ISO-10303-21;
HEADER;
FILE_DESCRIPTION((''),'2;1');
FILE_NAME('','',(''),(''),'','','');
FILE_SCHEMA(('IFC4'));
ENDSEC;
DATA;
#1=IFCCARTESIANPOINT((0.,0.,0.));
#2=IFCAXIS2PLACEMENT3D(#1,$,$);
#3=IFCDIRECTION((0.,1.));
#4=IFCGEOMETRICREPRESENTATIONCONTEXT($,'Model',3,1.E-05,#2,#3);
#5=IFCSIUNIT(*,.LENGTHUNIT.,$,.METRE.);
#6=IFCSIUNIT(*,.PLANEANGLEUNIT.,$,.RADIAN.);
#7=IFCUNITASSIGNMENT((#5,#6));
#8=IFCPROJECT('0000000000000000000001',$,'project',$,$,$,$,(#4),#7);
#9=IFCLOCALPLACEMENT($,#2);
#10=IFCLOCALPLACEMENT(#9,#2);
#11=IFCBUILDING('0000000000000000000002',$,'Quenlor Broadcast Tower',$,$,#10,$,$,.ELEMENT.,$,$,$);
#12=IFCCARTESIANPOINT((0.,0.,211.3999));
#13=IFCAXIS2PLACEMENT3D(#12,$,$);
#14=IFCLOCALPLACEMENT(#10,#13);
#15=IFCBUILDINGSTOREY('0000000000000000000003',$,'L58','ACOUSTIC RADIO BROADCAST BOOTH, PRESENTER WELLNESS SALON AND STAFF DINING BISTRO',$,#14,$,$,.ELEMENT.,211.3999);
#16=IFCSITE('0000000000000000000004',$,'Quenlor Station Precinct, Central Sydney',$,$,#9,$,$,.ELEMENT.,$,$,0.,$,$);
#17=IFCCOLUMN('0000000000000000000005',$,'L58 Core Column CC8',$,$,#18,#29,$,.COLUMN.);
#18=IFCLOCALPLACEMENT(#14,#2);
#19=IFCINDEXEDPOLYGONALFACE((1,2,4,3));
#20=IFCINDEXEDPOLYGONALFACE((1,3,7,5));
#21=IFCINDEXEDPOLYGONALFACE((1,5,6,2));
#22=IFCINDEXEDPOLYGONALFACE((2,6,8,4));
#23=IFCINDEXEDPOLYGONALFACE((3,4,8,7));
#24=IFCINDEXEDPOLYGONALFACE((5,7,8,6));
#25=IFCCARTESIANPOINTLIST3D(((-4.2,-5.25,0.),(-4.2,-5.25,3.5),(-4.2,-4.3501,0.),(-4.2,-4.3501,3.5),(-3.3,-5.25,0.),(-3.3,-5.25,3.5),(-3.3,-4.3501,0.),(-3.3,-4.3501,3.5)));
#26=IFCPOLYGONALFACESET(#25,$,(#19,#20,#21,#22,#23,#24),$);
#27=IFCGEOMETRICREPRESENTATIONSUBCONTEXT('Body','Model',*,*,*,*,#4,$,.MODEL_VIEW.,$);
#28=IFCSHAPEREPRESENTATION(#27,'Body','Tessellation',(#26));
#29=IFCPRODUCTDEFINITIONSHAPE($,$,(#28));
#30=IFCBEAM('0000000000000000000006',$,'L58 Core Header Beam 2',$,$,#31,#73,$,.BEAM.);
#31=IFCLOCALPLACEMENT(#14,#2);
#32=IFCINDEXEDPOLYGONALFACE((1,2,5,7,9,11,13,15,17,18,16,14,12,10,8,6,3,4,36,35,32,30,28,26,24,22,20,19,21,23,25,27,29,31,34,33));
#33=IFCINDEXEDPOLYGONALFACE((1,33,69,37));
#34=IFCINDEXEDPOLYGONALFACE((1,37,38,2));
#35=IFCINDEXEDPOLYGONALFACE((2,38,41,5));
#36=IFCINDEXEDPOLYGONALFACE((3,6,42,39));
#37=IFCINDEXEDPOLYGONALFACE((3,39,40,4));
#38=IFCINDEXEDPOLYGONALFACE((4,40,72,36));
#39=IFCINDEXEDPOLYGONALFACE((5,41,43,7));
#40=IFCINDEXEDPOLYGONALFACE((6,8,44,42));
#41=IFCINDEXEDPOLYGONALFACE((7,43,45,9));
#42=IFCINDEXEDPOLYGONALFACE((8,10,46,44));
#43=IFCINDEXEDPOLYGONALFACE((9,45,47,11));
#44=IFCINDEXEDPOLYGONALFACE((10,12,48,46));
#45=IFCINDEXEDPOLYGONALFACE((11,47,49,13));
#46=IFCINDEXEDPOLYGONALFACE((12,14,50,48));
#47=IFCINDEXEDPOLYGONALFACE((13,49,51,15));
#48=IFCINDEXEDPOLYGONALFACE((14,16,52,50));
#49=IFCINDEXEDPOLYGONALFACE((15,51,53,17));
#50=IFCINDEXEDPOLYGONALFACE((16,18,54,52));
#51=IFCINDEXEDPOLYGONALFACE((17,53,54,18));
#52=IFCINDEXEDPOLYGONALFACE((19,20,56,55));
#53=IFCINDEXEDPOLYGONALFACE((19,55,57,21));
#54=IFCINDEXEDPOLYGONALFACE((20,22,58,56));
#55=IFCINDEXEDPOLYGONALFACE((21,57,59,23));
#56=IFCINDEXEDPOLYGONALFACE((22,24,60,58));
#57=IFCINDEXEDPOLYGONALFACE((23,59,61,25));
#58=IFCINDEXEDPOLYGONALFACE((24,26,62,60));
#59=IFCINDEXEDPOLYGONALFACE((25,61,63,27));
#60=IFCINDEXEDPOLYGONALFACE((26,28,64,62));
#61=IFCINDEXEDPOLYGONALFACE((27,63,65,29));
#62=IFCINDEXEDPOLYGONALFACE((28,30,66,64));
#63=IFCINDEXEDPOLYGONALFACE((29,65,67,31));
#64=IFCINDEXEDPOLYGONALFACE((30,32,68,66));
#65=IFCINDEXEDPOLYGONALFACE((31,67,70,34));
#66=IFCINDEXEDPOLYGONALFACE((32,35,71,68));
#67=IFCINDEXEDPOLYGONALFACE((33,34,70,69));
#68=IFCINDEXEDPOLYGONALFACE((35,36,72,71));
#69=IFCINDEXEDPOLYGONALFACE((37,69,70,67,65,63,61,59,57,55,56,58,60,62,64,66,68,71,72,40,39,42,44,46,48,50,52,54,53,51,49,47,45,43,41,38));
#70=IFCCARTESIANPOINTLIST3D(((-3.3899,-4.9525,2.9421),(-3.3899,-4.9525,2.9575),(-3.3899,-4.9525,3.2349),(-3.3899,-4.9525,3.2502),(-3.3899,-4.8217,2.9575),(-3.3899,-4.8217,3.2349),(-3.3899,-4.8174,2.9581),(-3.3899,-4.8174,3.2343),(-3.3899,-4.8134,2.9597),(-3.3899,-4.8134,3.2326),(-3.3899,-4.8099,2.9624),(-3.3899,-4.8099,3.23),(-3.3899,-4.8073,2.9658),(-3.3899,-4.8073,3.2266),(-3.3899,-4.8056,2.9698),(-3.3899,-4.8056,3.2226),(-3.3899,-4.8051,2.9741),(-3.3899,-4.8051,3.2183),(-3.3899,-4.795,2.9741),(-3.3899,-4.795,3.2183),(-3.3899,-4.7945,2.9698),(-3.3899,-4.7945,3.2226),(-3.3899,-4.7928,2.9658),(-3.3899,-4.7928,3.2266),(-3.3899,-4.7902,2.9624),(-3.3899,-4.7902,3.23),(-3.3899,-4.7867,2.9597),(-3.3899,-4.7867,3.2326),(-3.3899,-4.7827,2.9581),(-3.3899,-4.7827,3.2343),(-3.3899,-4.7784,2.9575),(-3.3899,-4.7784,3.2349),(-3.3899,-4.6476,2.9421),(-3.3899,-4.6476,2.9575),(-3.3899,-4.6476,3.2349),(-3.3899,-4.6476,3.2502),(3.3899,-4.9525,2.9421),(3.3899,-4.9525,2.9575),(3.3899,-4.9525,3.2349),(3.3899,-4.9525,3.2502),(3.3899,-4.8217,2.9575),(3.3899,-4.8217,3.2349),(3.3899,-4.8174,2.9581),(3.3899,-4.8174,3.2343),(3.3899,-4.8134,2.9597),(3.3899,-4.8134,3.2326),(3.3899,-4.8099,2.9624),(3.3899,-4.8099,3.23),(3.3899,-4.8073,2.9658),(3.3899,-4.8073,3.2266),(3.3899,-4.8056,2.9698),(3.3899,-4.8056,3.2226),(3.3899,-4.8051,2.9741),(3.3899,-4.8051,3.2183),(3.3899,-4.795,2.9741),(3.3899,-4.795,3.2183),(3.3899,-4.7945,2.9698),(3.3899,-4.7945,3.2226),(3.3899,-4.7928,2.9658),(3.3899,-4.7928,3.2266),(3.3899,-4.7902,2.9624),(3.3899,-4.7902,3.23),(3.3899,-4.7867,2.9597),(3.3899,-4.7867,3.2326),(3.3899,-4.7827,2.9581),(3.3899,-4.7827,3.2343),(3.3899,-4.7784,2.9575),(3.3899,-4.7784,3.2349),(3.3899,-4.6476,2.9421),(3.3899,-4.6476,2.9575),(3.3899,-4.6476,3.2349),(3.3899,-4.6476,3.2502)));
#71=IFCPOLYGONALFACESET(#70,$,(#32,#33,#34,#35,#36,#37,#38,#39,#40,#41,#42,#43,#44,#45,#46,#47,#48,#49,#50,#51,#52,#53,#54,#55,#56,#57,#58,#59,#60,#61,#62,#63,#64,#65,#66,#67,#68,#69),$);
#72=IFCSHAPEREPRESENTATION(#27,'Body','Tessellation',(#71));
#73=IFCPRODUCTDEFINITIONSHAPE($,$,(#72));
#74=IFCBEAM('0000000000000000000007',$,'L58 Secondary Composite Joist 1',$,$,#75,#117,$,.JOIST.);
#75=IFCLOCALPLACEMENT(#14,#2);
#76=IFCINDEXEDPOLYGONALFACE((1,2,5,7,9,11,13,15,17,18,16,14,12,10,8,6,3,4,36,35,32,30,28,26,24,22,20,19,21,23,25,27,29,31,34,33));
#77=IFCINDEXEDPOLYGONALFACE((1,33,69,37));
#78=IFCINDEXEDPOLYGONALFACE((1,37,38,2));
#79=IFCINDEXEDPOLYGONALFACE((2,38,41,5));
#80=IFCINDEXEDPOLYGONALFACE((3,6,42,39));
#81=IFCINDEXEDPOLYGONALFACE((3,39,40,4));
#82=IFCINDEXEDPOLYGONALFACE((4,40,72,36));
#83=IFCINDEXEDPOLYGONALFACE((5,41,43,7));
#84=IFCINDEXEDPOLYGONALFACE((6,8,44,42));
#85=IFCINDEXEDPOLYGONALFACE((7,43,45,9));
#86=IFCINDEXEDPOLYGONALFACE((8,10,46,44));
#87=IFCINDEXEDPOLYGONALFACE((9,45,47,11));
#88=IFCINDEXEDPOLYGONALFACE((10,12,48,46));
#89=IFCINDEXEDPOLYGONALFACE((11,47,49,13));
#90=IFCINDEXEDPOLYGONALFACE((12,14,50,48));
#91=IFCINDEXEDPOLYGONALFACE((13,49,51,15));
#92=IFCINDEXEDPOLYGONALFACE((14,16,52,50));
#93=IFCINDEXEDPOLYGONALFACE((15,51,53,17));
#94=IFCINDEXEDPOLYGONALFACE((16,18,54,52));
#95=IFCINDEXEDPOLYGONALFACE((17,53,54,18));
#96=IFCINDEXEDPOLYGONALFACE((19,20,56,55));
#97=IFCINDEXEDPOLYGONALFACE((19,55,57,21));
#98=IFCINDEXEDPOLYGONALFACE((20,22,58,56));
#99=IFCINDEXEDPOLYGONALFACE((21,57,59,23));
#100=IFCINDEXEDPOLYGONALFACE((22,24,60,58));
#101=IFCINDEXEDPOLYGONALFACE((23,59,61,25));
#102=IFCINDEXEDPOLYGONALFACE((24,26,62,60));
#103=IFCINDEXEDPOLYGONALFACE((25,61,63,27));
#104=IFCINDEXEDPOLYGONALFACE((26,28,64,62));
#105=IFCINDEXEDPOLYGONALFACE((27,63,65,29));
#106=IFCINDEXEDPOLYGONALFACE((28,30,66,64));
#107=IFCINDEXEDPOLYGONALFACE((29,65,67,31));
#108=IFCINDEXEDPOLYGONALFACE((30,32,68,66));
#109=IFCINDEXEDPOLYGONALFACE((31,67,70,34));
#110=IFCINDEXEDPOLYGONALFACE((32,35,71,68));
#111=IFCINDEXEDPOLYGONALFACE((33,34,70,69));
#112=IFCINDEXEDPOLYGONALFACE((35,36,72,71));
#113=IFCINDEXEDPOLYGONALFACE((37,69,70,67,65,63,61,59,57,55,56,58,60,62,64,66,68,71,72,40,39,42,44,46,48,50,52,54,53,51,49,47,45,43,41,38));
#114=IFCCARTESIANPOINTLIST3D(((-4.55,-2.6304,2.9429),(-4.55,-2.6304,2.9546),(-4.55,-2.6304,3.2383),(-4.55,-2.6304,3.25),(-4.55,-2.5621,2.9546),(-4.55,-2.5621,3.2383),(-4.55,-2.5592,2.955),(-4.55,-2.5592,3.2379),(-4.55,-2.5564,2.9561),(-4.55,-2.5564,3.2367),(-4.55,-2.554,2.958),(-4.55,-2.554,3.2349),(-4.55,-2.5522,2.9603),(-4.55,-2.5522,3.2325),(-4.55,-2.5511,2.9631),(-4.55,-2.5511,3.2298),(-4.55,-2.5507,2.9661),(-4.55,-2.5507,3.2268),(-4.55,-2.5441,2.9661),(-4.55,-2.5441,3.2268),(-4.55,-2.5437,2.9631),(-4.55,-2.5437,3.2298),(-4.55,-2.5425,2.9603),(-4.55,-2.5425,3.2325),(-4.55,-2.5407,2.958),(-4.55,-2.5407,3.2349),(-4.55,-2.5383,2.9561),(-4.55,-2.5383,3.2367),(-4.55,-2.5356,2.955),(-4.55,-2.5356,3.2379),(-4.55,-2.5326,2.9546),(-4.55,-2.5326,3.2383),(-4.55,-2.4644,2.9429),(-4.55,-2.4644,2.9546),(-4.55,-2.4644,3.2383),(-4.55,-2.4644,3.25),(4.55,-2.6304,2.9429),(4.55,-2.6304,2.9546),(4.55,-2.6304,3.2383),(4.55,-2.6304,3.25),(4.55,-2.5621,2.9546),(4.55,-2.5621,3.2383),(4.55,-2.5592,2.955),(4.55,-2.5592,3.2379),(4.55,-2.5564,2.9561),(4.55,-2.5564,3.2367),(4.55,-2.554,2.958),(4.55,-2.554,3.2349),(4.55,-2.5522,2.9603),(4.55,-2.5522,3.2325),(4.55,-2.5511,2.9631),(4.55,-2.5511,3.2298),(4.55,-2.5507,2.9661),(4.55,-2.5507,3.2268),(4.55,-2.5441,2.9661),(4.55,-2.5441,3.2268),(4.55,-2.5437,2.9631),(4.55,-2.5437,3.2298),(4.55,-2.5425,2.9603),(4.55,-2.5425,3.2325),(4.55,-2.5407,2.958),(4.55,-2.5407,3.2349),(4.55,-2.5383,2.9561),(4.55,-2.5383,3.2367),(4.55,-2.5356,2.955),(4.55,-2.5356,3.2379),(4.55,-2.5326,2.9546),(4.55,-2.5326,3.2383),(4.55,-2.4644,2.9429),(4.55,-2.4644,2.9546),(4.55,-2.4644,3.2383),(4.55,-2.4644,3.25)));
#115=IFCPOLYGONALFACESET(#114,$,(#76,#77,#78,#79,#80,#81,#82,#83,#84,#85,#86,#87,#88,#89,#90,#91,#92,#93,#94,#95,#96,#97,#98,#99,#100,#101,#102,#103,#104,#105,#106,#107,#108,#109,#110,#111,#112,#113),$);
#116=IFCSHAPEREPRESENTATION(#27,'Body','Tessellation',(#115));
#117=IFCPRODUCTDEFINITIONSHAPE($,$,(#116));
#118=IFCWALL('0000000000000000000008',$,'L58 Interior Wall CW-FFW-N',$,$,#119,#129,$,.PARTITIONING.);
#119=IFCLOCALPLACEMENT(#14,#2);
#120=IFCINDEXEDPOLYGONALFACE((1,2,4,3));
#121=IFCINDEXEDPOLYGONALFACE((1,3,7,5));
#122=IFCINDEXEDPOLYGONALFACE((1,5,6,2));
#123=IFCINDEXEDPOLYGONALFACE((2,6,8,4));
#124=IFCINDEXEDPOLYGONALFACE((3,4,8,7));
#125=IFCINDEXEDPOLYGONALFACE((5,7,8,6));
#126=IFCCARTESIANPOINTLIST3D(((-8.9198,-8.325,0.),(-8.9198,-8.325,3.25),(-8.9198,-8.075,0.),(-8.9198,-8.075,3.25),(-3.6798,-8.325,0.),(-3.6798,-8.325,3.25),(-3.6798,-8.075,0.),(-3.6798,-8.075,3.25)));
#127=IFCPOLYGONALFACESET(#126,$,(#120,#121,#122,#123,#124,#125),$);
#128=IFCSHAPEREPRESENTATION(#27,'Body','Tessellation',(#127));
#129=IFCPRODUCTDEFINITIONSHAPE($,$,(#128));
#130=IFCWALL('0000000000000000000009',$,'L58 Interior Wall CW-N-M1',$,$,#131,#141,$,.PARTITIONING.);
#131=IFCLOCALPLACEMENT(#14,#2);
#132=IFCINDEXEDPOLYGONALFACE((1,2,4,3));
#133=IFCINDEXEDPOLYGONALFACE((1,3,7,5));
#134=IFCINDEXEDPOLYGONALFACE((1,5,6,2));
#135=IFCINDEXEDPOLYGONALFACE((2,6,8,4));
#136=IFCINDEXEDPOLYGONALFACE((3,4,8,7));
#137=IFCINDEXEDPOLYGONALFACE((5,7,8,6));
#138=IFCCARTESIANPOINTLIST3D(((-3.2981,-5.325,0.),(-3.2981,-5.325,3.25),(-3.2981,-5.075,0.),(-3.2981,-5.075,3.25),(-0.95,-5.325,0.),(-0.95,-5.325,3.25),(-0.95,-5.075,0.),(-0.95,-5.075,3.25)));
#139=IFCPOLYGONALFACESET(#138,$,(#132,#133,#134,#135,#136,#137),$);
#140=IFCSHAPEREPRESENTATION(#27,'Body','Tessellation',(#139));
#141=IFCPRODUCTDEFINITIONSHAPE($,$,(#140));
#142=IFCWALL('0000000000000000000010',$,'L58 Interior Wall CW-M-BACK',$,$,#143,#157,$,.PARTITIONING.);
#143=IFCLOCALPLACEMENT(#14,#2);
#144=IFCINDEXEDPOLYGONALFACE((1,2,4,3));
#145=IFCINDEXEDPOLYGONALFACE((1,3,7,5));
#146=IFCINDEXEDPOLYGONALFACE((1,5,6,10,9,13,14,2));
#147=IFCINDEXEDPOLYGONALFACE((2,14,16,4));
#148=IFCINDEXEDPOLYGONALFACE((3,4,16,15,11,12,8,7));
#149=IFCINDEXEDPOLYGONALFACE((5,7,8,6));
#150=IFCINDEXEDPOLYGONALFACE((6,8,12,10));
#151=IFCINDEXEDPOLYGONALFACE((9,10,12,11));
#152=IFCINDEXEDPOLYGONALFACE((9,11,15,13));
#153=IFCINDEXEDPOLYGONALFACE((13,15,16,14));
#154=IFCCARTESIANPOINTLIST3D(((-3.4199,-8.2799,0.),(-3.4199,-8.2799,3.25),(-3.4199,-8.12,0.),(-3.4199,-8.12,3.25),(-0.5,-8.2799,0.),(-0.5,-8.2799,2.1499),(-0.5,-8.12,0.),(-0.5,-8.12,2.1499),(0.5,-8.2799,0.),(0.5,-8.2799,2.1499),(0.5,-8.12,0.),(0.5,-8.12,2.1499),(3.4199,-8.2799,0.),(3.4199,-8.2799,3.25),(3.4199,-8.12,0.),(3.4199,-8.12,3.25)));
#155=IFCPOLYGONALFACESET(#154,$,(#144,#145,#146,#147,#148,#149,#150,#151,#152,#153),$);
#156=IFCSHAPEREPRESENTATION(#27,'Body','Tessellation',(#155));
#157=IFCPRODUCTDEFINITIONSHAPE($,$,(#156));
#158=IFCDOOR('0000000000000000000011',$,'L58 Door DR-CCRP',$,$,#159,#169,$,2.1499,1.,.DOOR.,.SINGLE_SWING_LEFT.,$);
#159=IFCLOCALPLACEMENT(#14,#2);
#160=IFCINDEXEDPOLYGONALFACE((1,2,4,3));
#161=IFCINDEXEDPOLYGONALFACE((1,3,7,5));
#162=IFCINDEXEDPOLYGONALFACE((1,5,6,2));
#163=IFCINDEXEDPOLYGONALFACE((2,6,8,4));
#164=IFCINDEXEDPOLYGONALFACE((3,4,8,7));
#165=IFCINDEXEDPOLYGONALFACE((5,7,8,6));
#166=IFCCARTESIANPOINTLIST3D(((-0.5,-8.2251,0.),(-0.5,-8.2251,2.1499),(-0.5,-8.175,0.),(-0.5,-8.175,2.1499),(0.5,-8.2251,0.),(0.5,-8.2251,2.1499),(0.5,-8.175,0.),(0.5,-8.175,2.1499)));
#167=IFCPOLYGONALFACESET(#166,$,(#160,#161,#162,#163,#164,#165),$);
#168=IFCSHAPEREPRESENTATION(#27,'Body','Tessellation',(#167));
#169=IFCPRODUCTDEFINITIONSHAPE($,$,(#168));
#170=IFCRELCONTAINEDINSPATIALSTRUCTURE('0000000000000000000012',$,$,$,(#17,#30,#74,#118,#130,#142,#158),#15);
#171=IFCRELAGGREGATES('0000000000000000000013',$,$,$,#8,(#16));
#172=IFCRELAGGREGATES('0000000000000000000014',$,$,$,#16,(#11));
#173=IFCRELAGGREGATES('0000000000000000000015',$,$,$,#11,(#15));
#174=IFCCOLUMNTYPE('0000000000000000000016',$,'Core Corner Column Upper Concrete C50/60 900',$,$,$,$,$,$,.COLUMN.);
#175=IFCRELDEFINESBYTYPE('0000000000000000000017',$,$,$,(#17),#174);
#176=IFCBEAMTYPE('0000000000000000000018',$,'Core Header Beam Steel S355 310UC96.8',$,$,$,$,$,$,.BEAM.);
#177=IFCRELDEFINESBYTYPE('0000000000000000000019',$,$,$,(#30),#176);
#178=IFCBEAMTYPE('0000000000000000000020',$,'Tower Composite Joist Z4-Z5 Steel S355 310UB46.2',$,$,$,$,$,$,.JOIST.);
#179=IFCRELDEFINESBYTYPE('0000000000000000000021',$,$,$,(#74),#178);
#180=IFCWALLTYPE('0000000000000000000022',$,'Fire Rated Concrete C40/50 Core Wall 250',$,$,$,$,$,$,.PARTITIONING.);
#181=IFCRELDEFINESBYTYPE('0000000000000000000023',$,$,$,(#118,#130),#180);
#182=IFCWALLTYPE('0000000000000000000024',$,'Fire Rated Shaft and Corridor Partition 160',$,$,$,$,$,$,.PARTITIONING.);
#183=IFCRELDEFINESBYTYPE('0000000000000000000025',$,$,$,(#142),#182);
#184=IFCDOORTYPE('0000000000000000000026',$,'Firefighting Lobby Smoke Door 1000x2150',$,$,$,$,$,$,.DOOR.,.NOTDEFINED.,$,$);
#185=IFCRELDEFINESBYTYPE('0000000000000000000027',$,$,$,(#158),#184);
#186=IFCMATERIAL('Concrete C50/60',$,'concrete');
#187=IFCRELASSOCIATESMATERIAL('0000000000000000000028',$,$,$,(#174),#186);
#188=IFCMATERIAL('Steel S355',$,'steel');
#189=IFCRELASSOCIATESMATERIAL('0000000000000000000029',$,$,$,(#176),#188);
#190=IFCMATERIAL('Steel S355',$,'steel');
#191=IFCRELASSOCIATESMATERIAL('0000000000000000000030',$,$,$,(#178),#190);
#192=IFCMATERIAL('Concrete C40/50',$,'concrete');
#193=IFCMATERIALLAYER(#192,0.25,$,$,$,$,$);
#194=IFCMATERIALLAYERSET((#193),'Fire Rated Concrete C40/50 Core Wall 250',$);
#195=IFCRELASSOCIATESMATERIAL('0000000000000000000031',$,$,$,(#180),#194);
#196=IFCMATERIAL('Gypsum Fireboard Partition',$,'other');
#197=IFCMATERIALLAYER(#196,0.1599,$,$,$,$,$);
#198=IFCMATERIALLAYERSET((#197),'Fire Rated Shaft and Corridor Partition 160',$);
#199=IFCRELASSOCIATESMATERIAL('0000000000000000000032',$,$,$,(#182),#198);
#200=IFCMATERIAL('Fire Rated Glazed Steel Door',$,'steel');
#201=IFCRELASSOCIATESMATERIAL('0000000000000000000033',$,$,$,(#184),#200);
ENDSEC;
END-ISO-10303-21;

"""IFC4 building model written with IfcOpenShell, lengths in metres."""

from ifc_helpers import new_model, si_unit, direction, frame, frame_2d, origin, origin_2d, place, context, subcontext, project, spatial, rectangle, i_section, extrude, material, layer, layer_set, material_profile, profile_set, type_object, element, fill, save


model = new_model("IFC4")

# Units and contexts
model_context = context("Model", 3, precision=1e-05, world=origin(), true_north=direction((0.0, 1.0)))
body_context = subcontext(model_context, "Body", "Model", "MODEL_VIEW")
ifc_project = project(units=[si_unit("LENGTHUNIT", "METRE"), si_unit("PLANEANGLEUNIT", "RADIAN")], contexts=[model_context])

# Site, building, storey
site_placement = place(None, origin())
site = spatial("IfcSite", under=ifc_project, at=site_placement, Name="Quenlor Station Precinct, Central Sydney", CompositionType="ELEMENT", RefElevation=0.0)
building_placement = place(site_placement, origin())
building = spatial("IfcBuilding", under=site, at=building_placement, Name="Quenlor Broadcast Tower", CompositionType="ELEMENT")
storey_placement = place(building_placement, frame((0.0, 0.0, 211.3999)))
storey = spatial("IfcBuildingStorey", under=building, at=storey_placement, Name="L58", Description="ACOUSTIC RADIO BROADCAST BOOTH, PRESENTER WELLNESS SALON AND STAFF DINING BISTRO", CompositionType="ELEMENT", Elevation=211.3999)

# Column
ifc_material_1 = material(Name="Concrete C50/60", Category="concrete")
ifc_material_profile_1 = material_profile(ifc_material_1, rectangle(XDim=0.8999, YDim=0.8999, at=origin_2d()))
ifc_profile_set_1 = profile_set([ifc_material_profile_1], Name="Concrete C50/60 RC900x900")
column_type = type_object("IfcColumnType", Name="Core Corner Column Upper Concrete C50/60 900", PredefinedType="COLUMN", material=ifc_profile_set_1)
column_placement = place(storey_placement, frame((-3.75, -4.8, 0.0), z_axis=(0.0, 0.0, 1.0), x_axis=(1.0, 0.0, 0.0)))
element("IfcColumn", 1, at=column_placement, inside=storey, type_object=column_type, Name="L58 Core Column CC8", PredefinedType="COLUMN", context=body_context, shape_type="SweptSolid", body=[
    extrude(rectangle(XDim=0.8999, YDim=0.8999, at=origin_2d()), origin(), (0.0, 0.0, 1.0), 3.5),
])

# Beams
ifc_material_2 = material(Name="Steel S355", Category="steel")
ifc_material_profile_2 = material_profile(ifc_material_2, i_section(OverallWidth=0.3049, OverallDepth=0.3081, WebThickness=0.01, FlangeThickness=0.0154, FilletRadius=0.0166, at=origin_2d()))
ifc_profile_set_2 = profile_set([ifc_material_profile_2], Name="Steel S355 310UC96.8")
beam_type_1 = type_object("IfcBeamType", Name="Core Header Beam Steel S355 310UC96.8", PredefinedType="BEAM", material=ifc_profile_set_2)
beam_1_placement = place(storey_placement, frame((-3.3899, -4.8, 3.0962), z_axis=(1.0, 0.0, 0.0), x_axis=(0.0, 1.0, 0.0)))
element("IfcBeam", 2, at=beam_1_placement, inside=storey, type_object=beam_type_1, Name="L58 Core Header Beam 2", PredefinedType="BEAM", context=body_context, shape_type="SweptSolid", body=[
    extrude(i_section(OverallWidth=0.3049, OverallDepth=0.3081, WebThickness=0.01, FlangeThickness=0.0154, FilletRadius=0.0166, at=origin_2d()), origin(), (0.0, 0.0, 1.0), 6.7798),
])
ifc_material_3 = material(Name="Steel S355", Category="steel")
ifc_material_profile_3 = material_profile(ifc_material_3, i_section(OverallWidth=0.166, OverallDepth=0.3071, WebThickness=0.0066, FlangeThickness=0.0117, FilletRadius=0.0115, at=origin_2d()))
ifc_profile_set_3 = profile_set([ifc_material_profile_3], Name="Steel S355 310UB46.2")
beam_type_2 = type_object("IfcBeamType", Name="Tower Composite Joist Z4-Z5 Steel S355 310UB46.2", PredefinedType="JOIST", material=ifc_profile_set_3)
beam_2_placement = place(storey_placement, frame((-4.55, -2.5474, 3.0964), z_axis=(1.0, 0.0, 0.0), x_axis=(0.0, 1.0, 0.0)))
element("IfcBeam", 3, at=beam_2_placement, inside=storey, type_object=beam_type_2, Name="L58 Secondary Composite Joist 1", PredefinedType="JOIST", context=body_context, shape_type="SweptSolid", body=[
    extrude(i_section(OverallWidth=0.166, OverallDepth=0.3071, WebThickness=0.0066, FlangeThickness=0.0117, FilletRadius=0.0115, at=origin_2d()), origin(), (0.0, 0.0, 1.0), 9.1001),
])

# Walls
ifc_material_4 = material(Name="Concrete C40/50", Category="concrete")
ifc_layer_1 = layer(ifc_material_4, 0.25)
ifc_layer_set_1 = layer_set([ifc_layer_1], Name="Fire Rated Concrete C40/50 Core Wall 250")
wall_type_1 = type_object("IfcWallType", Name="Fire Rated Concrete C40/50 Core Wall 250", PredefinedType="PARTITIONING", material=ifc_layer_set_1)
wall_1_placement = place(storey_placement, frame((-8.9199, -8.2, 0.0), z_axis=(0.0, 0.0, 1.0), x_axis=(1.0, 0.0, 0.0)))
element("IfcWall", 4, at=wall_1_placement, inside=storey, type_object=wall_type_1, Name="L58 Interior Wall CW-FFW-N", PredefinedType="PARTITIONING", context=body_context, shape_type="SweptSolid", body=[
    extrude(rectangle(XDim=5.24, YDim=0.25, at=frame_2d((2.6201, 0.0))), origin(), (0.0, 0.0, 1.0), 3.25),
])
wall_2_placement = place(storey_placement, frame((-3.2981, -5.2, 0.0), z_axis=(0.0, 0.0, 1.0), x_axis=(1.0, 0.0, 0.0)))
element("IfcWall", 5, at=wall_2_placement, inside=storey, type_object=wall_type_1, Name="L58 Interior Wall CW-N-M1", PredefinedType="PARTITIONING", context=body_context, shape_type="SweptSolid", body=[
    extrude(rectangle(XDim=2.3481, YDim=0.25, at=frame_2d((1.1741, 0.0))), origin(), (0.0, 0.0, 1.0), 3.25),
])

# Wall, opening, door
ifc_material_5 = material(Name="Gypsum Fireboard Partition", Category="other")
ifc_layer_2 = layer(ifc_material_5, 0.1599)
ifc_layer_set_2 = layer_set([ifc_layer_2], Name="Fire Rated Shaft and Corridor Partition 160")
wall_type_2 = type_object("IfcWallType", Name="Fire Rated Shaft and Corridor Partition 160", PredefinedType="PARTITIONING", material=ifc_layer_set_2)
wall_3_placement = place(storey_placement, frame((-3.4199, -8.2, 0.0), z_axis=(0.0, 0.0, 1.0), x_axis=(1.0, 0.0, 0.0)))
wall_3 = element("IfcWall", 6, at=wall_3_placement, inside=storey, type_object=wall_type_2, Name="L58 Interior Wall CW-M-BACK", PredefinedType="PARTITIONING", context=body_context, shape_type="SweptSolid", body=[
    extrude(rectangle(XDim=6.8398, YDim=0.1599, at=frame_2d((3.4199, 0.0))), origin(), (0.0, 0.0, 1.0), 3.25),
])
opening_1_placement = place(wall_3_placement, frame((2.9199, 0.0, 0.0)))
opening_1 = element("IfcOpeningElement", 7, at=opening_1_placement, cuts=wall_3, PredefinedType="OPENING", context=body_context, shape_type="SweptSolid", body=[
    extrude(rectangle(XDim=1.0, YDim=2.1499, at=frame_2d((0.5, 1.075))), frame((0.0, 0.0898, 0.0), z_axis=(0.0, -1.0, 0.0), x_axis=(1.0, 0.0, 0.0)), (0.0, 0.0, 1.0), 0.1799),
])
ifc_material_6 = material(Name="Fire Rated Glazed Steel Door", Category="steel")
door_type_1 = type_object("IfcDoorType", Name="Firefighting Lobby Smoke Door 1000x2150", OperationType="NOTDEFINED", PredefinedType="DOOR", material=ifc_material_6)
door_1_placement = place(opening_1_placement, origin())
door_1 = element("IfcDoor", 8, at=door_1_placement, inside=storey, type_object=door_type_1, Name="L58 Door DR-CCRP", OperationType="SINGLE_SWING_LEFT", OverallHeight=2.1499, OverallWidth=1.0, PredefinedType="DOOR", context=body_context, shape_type="SweptSolid", body=[
    extrude(rectangle(XDim=1.0, YDim=2.1499, at=frame_2d((0.5, 1.075))), frame((0.0, 0.0249, 0.0), z_axis=(0.0, -1.0, 0.0), x_axis=(1.0, 0.0, 0.0)), (0.0, 0.0, 1.0), 0.05),
])
fill(opening_1, door_1)

save(model, "model.ifc")
